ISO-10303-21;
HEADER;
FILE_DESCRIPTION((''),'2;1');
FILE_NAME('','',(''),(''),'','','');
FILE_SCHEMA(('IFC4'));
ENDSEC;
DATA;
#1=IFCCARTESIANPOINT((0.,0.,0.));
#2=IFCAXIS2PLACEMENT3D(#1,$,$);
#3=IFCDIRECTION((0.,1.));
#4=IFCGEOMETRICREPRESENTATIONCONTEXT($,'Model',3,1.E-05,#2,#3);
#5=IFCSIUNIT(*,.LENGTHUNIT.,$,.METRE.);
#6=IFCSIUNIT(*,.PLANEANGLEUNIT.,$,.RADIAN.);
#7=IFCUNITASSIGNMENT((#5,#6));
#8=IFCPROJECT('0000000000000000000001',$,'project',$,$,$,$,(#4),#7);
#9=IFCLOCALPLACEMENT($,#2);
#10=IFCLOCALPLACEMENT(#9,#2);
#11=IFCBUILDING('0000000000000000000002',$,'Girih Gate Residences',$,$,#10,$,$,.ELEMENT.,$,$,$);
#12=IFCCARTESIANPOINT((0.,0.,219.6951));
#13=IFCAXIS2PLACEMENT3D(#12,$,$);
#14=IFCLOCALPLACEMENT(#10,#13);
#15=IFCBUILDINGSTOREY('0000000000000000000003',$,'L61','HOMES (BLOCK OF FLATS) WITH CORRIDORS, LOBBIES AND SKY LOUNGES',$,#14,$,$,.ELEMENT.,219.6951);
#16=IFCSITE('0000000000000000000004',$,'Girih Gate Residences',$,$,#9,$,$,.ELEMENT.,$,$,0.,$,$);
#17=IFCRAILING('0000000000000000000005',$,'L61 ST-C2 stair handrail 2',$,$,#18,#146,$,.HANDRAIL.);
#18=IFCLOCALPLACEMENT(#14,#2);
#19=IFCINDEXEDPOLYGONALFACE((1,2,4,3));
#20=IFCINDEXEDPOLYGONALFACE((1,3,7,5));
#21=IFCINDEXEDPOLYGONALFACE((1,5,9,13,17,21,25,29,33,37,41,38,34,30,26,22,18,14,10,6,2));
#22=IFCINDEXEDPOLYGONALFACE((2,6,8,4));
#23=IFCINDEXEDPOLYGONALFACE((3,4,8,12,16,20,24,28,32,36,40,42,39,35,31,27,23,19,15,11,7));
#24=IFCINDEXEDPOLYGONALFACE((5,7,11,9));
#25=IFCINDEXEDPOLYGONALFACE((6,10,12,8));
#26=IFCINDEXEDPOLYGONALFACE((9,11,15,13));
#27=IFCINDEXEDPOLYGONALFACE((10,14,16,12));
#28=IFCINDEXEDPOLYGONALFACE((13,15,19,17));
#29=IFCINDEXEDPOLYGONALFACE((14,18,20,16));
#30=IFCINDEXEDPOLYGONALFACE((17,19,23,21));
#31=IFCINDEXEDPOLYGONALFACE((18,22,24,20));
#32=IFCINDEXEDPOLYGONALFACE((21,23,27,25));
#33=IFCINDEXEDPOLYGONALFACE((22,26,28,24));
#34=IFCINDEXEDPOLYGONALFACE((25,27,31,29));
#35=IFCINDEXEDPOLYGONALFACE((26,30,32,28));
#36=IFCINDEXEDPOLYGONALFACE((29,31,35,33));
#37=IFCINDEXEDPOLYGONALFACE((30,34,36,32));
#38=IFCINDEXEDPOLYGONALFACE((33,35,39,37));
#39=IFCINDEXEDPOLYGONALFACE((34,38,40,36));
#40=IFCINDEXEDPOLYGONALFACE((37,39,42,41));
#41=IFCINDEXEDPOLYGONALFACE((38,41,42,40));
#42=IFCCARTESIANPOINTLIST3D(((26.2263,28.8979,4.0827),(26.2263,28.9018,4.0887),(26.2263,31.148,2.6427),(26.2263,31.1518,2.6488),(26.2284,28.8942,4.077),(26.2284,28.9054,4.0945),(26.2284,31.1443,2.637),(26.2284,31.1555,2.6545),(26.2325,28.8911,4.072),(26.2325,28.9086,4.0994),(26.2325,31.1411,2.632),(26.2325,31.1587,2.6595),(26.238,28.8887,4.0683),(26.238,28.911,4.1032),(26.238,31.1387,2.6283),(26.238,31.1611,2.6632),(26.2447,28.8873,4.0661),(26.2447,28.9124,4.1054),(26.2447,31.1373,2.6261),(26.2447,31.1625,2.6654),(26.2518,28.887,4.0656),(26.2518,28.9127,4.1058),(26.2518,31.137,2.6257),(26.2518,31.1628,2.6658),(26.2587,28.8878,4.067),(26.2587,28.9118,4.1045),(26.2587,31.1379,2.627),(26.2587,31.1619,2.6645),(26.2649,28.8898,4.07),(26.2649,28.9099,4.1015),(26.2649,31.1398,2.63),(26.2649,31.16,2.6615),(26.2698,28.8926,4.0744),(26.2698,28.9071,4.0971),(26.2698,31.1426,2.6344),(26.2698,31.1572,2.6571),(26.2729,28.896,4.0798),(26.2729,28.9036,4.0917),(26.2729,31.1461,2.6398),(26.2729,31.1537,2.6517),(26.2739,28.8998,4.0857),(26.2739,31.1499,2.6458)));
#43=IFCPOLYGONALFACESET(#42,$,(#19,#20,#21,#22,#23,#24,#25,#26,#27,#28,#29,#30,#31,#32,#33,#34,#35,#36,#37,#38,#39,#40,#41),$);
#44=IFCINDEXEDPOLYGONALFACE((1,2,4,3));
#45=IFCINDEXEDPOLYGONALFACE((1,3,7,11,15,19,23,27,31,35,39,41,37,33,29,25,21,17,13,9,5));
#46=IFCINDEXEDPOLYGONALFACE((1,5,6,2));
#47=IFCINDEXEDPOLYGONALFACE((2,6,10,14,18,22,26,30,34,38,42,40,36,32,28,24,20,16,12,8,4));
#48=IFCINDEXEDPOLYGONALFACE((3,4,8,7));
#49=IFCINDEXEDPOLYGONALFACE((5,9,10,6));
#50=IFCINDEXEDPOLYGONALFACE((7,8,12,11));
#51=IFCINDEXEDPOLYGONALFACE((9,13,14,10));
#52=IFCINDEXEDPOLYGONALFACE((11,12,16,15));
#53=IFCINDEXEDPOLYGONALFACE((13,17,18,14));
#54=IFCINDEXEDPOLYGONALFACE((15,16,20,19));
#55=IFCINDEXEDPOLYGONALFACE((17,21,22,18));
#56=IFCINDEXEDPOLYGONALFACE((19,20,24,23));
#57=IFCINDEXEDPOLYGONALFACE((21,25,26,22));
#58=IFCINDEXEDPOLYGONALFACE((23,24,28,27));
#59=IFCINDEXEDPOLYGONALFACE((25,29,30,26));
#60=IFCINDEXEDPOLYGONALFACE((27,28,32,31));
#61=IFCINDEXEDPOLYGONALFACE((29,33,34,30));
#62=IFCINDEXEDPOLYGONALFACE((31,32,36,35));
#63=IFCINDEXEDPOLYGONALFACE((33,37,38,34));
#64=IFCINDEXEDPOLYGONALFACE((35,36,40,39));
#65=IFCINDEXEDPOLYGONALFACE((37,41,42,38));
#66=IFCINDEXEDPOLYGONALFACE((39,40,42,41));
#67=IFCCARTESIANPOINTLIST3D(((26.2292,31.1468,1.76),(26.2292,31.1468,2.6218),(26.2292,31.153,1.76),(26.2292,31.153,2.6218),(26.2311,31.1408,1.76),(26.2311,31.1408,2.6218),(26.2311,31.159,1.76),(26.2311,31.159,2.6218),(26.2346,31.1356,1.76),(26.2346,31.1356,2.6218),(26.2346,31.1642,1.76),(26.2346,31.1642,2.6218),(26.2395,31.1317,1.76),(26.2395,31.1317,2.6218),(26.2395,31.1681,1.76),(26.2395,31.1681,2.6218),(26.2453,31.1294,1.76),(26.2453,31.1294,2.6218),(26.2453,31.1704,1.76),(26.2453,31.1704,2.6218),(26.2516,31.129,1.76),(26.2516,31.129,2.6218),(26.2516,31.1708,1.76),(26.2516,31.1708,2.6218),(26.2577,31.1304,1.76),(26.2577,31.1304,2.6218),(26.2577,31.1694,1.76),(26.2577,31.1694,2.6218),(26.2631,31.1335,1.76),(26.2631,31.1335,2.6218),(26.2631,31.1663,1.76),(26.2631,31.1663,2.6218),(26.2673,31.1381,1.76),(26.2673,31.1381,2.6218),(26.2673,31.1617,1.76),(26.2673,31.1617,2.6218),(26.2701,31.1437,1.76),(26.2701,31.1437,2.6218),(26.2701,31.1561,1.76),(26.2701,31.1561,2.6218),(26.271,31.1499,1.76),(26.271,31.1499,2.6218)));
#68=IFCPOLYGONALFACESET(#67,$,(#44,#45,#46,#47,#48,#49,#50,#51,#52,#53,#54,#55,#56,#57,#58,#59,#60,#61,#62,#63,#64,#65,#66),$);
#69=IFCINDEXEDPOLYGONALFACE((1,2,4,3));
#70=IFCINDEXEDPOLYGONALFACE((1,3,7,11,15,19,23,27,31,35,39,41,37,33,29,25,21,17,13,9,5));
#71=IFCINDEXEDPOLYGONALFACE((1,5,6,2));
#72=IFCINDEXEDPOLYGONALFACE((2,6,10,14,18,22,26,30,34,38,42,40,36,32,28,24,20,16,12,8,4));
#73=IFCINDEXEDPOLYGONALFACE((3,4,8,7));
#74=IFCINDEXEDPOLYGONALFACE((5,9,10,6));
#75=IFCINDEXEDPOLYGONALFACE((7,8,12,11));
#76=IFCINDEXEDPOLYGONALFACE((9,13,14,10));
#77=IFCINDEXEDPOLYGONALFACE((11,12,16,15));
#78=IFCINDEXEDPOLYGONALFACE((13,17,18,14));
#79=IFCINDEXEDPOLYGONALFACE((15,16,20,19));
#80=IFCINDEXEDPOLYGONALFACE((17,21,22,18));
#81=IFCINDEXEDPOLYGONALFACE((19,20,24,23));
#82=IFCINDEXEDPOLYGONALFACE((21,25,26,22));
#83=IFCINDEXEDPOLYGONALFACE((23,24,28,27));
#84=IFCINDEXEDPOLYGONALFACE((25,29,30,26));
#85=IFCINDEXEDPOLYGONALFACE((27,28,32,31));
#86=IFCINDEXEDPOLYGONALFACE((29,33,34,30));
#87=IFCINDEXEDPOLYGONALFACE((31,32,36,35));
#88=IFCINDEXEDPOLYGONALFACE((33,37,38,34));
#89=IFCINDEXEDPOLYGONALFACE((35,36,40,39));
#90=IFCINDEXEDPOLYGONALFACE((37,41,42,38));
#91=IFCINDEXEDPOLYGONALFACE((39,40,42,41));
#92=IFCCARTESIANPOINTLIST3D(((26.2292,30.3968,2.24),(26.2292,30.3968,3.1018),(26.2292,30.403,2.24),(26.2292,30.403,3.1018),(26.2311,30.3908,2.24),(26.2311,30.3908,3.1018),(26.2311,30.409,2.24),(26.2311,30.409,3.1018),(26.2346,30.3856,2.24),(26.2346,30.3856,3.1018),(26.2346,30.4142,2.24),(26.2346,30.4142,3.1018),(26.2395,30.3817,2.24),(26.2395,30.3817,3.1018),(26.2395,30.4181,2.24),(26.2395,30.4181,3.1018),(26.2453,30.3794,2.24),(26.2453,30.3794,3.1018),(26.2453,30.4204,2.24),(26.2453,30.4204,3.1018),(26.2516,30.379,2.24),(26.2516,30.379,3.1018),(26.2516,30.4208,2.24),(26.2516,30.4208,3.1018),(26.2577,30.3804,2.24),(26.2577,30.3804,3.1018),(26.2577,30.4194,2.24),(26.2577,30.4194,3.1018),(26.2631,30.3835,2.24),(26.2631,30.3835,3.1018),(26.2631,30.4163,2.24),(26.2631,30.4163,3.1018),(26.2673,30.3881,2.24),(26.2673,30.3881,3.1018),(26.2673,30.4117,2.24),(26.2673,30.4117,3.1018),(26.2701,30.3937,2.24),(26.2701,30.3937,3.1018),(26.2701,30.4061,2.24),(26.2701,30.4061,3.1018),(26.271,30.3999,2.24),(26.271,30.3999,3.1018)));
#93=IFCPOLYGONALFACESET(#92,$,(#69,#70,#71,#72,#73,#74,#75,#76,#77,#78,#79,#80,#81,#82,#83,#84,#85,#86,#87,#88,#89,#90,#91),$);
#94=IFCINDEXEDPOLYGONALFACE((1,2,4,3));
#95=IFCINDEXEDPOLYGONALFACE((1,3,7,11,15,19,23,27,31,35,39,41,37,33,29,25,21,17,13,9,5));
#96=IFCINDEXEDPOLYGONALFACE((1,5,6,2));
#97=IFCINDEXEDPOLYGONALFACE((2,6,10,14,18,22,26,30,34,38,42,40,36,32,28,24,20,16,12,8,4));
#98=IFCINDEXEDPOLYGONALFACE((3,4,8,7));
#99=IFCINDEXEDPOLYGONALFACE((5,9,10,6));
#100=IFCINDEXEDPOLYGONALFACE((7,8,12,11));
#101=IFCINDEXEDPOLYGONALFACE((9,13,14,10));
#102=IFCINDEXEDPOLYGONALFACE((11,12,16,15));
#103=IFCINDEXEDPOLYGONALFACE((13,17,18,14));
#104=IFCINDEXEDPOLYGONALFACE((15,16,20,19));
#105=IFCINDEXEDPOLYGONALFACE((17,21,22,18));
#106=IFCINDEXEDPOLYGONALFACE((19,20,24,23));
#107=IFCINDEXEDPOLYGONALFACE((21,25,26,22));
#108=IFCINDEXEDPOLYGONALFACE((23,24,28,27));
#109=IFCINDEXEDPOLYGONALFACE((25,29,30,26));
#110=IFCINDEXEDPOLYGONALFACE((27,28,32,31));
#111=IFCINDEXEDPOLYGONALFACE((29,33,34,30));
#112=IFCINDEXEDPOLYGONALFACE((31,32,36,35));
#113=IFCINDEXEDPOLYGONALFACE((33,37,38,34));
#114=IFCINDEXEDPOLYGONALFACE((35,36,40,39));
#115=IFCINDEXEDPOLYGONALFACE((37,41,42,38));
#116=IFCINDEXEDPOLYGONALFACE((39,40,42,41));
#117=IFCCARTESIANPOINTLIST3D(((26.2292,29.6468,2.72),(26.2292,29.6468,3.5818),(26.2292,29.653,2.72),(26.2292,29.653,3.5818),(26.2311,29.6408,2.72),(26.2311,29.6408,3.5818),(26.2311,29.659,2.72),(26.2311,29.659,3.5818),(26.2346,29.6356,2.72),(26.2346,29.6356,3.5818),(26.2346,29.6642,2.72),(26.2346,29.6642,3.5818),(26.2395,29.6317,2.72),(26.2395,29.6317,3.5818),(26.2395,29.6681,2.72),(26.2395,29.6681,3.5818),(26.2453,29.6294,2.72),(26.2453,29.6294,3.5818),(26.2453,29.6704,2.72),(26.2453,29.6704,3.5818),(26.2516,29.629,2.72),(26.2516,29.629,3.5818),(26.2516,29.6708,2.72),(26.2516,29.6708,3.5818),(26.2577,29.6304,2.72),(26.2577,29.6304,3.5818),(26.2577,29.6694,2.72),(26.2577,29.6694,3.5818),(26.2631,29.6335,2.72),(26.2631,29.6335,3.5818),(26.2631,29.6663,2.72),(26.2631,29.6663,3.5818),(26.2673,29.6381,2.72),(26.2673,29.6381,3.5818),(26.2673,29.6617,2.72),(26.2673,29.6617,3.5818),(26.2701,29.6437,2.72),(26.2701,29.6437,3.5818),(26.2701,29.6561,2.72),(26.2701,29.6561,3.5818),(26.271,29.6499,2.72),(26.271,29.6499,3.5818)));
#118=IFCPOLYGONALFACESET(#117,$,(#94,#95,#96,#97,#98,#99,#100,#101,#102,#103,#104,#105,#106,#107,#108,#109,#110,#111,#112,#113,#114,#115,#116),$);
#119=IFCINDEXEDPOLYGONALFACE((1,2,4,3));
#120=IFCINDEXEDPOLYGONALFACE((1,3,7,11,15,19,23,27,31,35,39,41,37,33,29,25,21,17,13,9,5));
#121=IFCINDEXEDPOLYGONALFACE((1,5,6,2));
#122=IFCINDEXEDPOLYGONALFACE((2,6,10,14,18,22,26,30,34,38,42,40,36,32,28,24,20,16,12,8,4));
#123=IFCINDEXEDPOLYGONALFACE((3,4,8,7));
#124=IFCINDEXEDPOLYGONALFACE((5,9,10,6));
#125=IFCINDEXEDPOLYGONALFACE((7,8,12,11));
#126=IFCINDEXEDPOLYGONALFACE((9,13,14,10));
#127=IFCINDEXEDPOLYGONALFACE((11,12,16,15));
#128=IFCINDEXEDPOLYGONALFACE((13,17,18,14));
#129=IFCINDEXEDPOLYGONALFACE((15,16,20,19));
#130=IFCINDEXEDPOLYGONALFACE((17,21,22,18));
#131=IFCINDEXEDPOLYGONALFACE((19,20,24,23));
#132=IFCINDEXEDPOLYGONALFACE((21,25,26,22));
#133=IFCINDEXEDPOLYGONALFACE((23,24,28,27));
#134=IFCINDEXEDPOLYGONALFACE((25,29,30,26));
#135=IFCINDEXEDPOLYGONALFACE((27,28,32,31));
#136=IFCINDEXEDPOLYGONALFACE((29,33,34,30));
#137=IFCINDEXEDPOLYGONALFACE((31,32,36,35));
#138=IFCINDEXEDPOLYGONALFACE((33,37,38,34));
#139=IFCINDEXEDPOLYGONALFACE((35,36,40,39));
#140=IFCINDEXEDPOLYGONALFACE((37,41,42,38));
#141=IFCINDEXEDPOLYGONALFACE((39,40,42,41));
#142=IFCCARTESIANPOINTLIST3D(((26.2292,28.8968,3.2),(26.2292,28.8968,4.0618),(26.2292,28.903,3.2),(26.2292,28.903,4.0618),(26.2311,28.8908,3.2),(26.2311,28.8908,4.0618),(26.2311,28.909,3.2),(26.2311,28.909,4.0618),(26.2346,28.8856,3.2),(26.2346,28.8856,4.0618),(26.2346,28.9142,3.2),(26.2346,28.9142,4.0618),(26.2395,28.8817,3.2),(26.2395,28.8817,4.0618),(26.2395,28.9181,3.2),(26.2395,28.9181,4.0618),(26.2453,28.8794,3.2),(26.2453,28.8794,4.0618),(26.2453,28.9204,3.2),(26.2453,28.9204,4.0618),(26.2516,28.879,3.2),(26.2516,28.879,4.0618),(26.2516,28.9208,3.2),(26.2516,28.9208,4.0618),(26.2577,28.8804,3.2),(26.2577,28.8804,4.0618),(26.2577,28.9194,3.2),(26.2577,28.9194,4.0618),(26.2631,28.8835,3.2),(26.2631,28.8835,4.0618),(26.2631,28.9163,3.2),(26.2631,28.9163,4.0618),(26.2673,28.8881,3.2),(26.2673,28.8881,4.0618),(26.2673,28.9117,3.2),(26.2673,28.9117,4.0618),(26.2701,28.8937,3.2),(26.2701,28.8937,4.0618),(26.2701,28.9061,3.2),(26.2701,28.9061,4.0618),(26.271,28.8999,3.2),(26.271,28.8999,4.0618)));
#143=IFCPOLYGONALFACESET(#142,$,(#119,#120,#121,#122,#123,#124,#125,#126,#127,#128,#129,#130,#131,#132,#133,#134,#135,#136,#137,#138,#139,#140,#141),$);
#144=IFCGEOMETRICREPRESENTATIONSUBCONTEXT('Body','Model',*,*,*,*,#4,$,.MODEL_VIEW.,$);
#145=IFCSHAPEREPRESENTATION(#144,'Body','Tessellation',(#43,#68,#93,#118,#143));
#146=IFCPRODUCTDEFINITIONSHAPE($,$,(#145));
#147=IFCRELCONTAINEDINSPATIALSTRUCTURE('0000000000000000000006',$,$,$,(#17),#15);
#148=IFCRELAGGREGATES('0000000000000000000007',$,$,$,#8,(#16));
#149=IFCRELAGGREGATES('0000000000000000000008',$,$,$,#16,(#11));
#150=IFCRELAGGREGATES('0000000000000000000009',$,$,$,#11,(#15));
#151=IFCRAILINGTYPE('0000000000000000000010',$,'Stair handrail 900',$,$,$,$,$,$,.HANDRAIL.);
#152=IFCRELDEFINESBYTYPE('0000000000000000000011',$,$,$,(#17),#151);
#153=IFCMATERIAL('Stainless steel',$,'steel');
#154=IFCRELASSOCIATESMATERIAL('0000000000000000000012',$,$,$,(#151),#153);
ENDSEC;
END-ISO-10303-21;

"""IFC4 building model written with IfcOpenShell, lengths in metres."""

from ifc_helpers import new_model, si_unit, direction, frame, origin, origin_2d, place, context, subcontext, project, spatial, circle, extrude, material, type_object, element, save


model = new_model("IFC4")

# Units and contexts
model_context = context("Model", 3, precision=1e-05, world=origin(), true_north=direction((0.0, 1.0)))
body_context = subcontext(model_context, "Body", "Model", "MODEL_VIEW")
ifc_project = project(units=[si_unit("LENGTHUNIT", "METRE"), si_unit("PLANEANGLEUNIT", "RADIAN")], contexts=[model_context])

# Site, building, storey
site_placement = place(None, origin())
site = spatial("IfcSite", under=ifc_project, at=site_placement, Name="Girih Gate Residences", CompositionType="ELEMENT", RefElevation=0.0)
building_placement = place(site_placement, origin())
building = spatial("IfcBuilding", under=site, at=building_placement, Name="Girih Gate Residences", CompositionType="ELEMENT")
storey_placement = place(building_placement, frame((0.0, 0.0, 219.6951)))
storey = spatial("IfcBuildingStorey", under=building, at=storey_placement, Name="L61", Description="HOMES (BLOCK OF FLATS) WITH CORRIDORS, LOBBIES AND SKY LOUNGES", CompositionType="ELEMENT", Elevation=219.6951)

# Railing
ifc_material_1 = material(Name="Stainless steel", Category="steel")
railing_type_1 = type_object("IfcRailingType", Name="Stair handrail 900", PredefinedType="HANDRAIL", material=ifc_material_1)
railing_1_placement = place(storey_placement, frame((26.25, 31.1499, 1.76)))
element("IfcRailing", 1, at=railing_1_placement, inside=storey, type_object=railing_type_1, Name="L61 ST-C2 stair handrail 2", PredefinedType="HANDRAIL", context=body_context, shape_type="SweptSolid", body=[
    extrude(circle(Radius=0.0239, at=origin_2d()), frame((0.0, 0.0, 0.8857), z_axis=(0.0, -0.842281, 0.539038), x_axis=(1.0, 0.0, 0.0)), (0.0, 0.0, 1.0), 2.6714),
    extrude(circle(Radius=0.021, at=origin_2d()), origin(), (0.0, 0.0, 1.0), 0.8618),
    extrude(circle(Radius=0.021, at=origin_2d()), frame((0.0, -0.75, 0.48)), (0.0, 0.0, 1.0), 0.8618),
    extrude(circle(Radius=0.021, at=origin_2d()), frame((0.0, -1.5, 0.96)), (0.0, 0.0, 1.0), 0.8618),
    extrude(circle(Radius=0.021, at=origin_2d()), frame((0.0, -2.25, 1.4399)), (0.0, 0.0, 1.0), 0.8618),
])

save(model, "model.ifc")
